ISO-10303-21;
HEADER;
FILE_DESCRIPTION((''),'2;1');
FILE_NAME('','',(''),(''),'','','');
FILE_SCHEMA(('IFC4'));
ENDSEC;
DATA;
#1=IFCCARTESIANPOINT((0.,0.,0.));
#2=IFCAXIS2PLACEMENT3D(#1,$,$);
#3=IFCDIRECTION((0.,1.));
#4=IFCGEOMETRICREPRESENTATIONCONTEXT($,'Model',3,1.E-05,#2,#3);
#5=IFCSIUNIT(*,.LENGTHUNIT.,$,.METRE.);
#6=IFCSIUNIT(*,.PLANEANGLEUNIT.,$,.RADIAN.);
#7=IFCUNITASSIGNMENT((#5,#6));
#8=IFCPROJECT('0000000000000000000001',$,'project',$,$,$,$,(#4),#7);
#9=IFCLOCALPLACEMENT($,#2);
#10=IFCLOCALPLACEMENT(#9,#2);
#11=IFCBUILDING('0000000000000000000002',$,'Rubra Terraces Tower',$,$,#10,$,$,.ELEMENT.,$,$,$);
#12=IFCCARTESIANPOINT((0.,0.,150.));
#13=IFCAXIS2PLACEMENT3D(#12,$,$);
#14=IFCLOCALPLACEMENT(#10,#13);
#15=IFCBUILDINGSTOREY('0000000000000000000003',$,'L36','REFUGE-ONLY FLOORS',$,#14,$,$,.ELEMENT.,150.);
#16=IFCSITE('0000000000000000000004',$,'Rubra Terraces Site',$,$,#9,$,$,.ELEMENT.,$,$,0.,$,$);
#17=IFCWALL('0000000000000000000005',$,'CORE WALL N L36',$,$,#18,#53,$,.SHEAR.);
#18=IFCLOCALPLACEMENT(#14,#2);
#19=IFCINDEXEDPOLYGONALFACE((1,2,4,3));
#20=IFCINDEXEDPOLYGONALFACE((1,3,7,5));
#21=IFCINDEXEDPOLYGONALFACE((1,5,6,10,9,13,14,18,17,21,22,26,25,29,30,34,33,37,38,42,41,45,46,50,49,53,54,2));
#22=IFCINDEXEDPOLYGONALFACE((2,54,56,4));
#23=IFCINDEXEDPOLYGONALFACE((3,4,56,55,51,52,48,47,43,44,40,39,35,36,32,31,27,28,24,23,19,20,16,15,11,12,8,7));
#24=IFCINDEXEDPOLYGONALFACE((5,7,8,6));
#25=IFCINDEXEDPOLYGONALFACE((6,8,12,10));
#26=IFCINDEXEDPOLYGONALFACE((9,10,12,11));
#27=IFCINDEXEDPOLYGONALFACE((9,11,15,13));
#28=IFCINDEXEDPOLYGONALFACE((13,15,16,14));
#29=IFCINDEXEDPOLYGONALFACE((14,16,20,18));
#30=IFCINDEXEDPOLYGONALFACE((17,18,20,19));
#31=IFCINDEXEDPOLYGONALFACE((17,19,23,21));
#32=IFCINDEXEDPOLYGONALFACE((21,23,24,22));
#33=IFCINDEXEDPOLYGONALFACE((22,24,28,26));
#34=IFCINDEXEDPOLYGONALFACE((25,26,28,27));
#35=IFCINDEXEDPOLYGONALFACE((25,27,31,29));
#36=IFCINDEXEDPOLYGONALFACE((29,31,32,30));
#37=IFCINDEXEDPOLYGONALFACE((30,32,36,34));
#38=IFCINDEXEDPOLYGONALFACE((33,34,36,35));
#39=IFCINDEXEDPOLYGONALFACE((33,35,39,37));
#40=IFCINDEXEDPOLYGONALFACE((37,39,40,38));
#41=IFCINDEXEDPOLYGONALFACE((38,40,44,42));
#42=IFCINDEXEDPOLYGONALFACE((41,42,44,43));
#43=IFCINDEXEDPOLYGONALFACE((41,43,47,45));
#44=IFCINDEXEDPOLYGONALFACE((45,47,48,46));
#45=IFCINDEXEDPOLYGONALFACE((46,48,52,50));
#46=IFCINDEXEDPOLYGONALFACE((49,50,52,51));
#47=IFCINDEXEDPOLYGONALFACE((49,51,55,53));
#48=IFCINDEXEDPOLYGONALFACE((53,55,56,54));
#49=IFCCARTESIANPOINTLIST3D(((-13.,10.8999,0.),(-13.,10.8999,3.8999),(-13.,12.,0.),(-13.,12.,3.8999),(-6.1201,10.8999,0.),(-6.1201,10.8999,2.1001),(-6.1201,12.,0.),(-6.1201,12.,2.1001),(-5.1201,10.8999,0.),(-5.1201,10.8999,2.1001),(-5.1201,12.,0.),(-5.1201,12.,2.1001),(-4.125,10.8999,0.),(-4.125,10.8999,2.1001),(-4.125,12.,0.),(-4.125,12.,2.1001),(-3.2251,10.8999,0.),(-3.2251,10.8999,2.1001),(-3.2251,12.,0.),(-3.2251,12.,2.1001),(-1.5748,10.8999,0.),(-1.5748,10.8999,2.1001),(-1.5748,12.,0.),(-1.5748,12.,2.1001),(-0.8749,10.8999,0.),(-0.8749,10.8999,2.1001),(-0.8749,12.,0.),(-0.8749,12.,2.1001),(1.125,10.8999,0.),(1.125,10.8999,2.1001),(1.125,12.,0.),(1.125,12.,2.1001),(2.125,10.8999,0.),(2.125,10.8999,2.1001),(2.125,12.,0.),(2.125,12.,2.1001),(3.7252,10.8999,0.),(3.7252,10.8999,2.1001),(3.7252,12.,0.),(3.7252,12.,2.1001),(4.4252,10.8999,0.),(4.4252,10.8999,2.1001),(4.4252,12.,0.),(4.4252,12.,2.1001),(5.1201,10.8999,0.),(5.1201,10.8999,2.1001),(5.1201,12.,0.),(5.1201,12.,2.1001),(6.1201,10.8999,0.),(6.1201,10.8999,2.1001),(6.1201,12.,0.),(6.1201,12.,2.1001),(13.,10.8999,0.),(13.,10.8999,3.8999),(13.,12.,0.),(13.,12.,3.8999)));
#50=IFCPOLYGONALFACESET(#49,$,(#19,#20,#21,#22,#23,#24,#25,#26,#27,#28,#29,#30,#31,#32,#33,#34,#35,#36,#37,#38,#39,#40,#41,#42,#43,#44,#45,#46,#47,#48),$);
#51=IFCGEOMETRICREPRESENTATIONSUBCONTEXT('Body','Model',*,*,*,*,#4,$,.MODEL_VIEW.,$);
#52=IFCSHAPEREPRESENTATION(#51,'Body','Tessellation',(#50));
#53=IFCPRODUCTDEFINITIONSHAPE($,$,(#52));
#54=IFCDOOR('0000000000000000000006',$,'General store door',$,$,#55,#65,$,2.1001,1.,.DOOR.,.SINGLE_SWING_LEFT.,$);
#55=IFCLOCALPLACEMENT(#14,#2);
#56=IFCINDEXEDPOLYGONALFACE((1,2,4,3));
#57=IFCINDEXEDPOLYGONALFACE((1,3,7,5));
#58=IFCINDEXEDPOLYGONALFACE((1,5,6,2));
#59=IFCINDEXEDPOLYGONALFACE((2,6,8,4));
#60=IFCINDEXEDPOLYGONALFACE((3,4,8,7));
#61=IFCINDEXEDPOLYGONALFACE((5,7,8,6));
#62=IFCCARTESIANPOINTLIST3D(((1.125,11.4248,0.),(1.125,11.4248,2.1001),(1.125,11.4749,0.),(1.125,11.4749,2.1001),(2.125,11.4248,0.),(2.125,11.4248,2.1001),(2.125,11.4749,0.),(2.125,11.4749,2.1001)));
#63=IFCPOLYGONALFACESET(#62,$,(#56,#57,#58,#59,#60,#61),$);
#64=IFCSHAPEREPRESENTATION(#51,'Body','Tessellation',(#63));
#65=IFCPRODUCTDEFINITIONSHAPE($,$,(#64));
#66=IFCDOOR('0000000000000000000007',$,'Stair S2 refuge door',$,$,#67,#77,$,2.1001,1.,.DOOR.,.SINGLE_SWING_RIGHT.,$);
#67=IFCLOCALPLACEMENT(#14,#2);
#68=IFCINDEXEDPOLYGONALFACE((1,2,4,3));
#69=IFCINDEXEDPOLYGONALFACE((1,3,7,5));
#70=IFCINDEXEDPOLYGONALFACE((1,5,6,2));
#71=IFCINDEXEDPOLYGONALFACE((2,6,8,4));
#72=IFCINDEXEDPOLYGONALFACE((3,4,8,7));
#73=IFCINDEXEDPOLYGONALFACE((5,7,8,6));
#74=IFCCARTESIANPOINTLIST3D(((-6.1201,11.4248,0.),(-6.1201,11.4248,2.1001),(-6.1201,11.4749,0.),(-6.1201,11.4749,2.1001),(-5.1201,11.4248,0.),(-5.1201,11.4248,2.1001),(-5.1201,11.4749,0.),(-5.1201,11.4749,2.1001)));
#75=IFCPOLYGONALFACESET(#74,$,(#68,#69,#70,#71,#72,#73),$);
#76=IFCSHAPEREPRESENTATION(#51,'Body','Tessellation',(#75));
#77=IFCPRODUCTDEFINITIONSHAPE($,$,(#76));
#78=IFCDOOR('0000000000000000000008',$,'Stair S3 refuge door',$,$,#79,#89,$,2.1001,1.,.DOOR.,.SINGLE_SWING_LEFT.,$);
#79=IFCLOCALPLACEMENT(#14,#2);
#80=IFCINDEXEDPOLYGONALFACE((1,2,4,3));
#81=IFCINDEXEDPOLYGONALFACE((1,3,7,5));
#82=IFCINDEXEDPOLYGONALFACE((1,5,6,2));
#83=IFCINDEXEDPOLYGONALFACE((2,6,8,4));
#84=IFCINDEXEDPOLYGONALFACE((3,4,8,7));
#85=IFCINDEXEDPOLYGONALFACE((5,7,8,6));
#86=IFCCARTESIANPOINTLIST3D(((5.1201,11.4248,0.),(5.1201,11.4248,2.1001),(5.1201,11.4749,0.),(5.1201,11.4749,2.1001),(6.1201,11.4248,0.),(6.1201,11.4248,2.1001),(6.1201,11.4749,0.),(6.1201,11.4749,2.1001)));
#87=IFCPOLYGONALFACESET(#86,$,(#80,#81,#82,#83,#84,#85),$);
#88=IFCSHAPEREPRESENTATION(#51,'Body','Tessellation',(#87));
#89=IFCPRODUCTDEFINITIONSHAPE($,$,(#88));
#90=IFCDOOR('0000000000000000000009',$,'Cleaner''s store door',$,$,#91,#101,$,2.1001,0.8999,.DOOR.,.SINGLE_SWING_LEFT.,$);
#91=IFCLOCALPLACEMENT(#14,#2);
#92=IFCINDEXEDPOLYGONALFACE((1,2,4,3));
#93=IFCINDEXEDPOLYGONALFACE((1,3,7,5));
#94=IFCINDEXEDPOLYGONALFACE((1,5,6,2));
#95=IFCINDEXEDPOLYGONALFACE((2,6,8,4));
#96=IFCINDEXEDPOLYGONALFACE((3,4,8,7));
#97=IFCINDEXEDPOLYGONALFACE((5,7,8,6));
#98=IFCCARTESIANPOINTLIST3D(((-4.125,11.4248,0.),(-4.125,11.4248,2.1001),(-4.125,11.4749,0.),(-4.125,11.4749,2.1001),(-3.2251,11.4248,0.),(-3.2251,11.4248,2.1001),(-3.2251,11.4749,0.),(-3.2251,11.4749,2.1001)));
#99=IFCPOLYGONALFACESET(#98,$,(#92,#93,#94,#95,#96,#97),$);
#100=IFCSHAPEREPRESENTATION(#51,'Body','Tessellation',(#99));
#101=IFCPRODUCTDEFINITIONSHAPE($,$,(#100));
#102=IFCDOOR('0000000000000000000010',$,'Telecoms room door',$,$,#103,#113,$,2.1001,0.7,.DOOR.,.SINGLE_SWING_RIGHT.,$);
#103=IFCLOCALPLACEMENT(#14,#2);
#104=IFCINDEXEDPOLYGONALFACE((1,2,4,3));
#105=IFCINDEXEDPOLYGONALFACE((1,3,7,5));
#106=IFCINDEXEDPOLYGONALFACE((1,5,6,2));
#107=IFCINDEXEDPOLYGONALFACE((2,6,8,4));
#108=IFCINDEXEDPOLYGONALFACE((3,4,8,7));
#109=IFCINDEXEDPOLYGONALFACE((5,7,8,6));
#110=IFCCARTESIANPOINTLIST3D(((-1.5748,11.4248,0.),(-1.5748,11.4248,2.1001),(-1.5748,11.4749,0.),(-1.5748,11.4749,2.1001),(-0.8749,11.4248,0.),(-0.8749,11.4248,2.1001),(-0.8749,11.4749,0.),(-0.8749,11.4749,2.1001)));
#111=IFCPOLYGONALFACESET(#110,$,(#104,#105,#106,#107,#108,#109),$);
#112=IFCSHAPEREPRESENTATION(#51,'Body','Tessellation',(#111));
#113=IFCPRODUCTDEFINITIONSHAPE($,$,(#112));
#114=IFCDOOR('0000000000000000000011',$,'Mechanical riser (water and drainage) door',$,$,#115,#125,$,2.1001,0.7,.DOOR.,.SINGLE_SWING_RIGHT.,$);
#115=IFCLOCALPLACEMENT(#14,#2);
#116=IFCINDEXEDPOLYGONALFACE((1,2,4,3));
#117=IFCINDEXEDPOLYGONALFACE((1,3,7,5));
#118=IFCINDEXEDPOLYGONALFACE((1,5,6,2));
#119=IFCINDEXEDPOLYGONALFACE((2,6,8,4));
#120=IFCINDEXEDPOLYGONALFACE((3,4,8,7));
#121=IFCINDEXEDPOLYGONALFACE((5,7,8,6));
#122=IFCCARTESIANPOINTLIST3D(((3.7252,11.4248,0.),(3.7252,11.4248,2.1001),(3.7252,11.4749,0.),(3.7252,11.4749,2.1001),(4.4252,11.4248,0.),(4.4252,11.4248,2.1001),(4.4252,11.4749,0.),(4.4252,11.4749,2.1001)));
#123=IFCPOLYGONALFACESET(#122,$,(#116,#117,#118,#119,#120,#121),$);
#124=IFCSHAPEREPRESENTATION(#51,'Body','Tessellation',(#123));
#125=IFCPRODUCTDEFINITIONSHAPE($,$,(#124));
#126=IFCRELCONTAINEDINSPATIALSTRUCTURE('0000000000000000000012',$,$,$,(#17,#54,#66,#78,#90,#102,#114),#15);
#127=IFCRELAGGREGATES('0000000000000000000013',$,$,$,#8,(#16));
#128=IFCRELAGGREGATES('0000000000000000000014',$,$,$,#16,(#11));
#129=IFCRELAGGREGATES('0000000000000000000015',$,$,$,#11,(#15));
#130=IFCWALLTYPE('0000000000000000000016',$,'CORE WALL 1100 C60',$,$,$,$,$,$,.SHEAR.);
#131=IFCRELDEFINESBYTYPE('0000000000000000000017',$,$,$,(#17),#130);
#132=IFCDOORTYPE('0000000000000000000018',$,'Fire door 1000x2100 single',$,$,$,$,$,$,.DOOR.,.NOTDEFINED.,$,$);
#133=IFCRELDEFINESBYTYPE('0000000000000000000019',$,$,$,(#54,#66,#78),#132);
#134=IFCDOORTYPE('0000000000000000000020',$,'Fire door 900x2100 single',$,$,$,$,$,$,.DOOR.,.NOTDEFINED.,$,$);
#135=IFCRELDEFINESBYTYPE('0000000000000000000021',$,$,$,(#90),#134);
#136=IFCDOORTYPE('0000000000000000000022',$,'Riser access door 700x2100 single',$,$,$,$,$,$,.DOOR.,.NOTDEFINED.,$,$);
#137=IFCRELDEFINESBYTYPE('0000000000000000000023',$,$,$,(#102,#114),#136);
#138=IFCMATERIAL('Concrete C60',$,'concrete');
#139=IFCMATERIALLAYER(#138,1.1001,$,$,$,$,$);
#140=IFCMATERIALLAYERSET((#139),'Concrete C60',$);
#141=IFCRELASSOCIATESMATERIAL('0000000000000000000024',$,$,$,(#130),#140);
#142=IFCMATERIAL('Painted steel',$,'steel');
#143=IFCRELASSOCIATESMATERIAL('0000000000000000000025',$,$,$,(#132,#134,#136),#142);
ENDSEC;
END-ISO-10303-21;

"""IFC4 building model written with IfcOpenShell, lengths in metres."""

from ifc_helpers import new_model, si_unit, direction, frame, frame_2d, origin, place, context, subcontext, project, spatial, rectangle, extrude, material, layer, layer_set, type_object, element, fill, save


model = new_model("IFC4")

# Units and contexts
model_context = context("Model", 3, precision=1e-05, world=origin(), true_north=direction((0.0, 1.0)))
body_context = subcontext(model_context, "Body", "Model", "MODEL_VIEW")
ifc_project = project(units=[si_unit("LENGTHUNIT", "METRE"), si_unit("PLANEANGLEUNIT", "RADIAN")], contexts=[model_context])

# Site, building, storey
site_placement = place(None, origin())
site = spatial("IfcSite", under=ifc_project, at=site_placement, Name="Rubra Terraces Site", CompositionType="ELEMENT", RefElevation=0.0)
building_placement = place(site_placement, origin())
building = spatial("IfcBuilding", under=site, at=building_placement, Name="Rubra Terraces Tower", CompositionType="ELEMENT")
storey_placement = place(building_placement, frame((0.0, 0.0, 150.0)))
storey = spatial("IfcBuildingStorey", under=building, at=storey_placement, Name="L36", Description="REFUGE-ONLY FLOORS", CompositionType="ELEMENT", Elevation=150.0)

# Wall, openings, doors
ifc_material_1 = material(Name="Concrete C60", Category="concrete")
ifc_layer_1 = layer(ifc_material_1, 1.1001)
ifc_layer_set_1 = layer_set([ifc_layer_1], Name="Concrete C60")
wall_type_1 = type_object("IfcWallType", Name="CORE WALL 1100 C60", PredefinedType="SHEAR", material=ifc_layer_set_1)
wall_1_placement = place(storey_placement, frame((-13.0, 11.45, 0.0), z_axis=(0.0, 0.0, 1.0), x_axis=(1.0, 0.0, 0.0)))
wall_1 = element("IfcWall", 1, at=wall_1_placement, inside=storey, type_object=wall_type_1, Name="CORE WALL N L36", PredefinedType="SHEAR", context=body_context, shape_type="SweptSolid", body=[
    extrude(rectangle(XDim=26.0, YDim=1.1001, at=frame_2d((13.0, 0.0))), origin(), (0.0, 0.0, 1.0), 3.8999),
])
opening_1_placement = place(wall_1_placement, frame((8.875, 0.0, 0.0)))
opening_1 = element("IfcOpeningElement", 2, at=opening_1_placement, cuts=wall_1, PredefinedType="OPENING", context=body_context, shape_type="SweptSolid", body=[
    extrude(rectangle(XDim=0.8999, YDim=2.1001, at=frame_2d((0.45, 1.05))), frame((0.0, 0.5601, 0.0), z_axis=(0.0, -1.0, 0.0), x_axis=(1.0, 0.0, 0.0)), (0.0, 0.0, 1.0), 1.1201),
])
opening_2_placement = place(wall_1_placement, frame((11.425, 0.0, 0.0)))
opening_2 = element("IfcOpeningElement", 3, at=opening_2_placement, cuts=wall_1, PredefinedType="OPENING", context=body_context, shape_type="SweptSolid", body=[
    extrude(rectangle(XDim=0.7, YDim=2.1001, at=frame_2d((0.3501, 1.05))), frame((0.0, 0.5601, 0.0), z_axis=(0.0, -1.0, 0.0), x_axis=(1.0, 0.0, 0.0)), (0.0, 0.0, 1.0), 1.1201),
])
opening_3_placement = place(wall_1_placement, frame((14.125, 0.0, 0.0)))
opening_3 = element("IfcOpeningElement", 4, at=opening_3_placement, cuts=wall_1, PredefinedType="OPENING", context=body_context, shape_type="SweptSolid", body=[
    extrude(rectangle(XDim=1.0, YDim=2.1001, at=frame_2d((0.5, 1.05))), frame((0.0, 0.5601, 0.0), z_axis=(0.0, -1.0, 0.0), x_axis=(1.0, 0.0, 0.0)), (0.0, 0.0, 1.0), 1.1201),
])
opening_4_placement = place(wall_1_placement, frame((16.7251, 0.0, 0.0)))
opening_4 = element("IfcOpeningElement", 5, at=opening_4_placement, cuts=wall_1, PredefinedType="OPENING", context=body_context, shape_type="SweptSolid", body=[
    extrude(rectangle(XDim=0.7, YDim=2.1001, at=frame_2d((0.3501, 1.05))), frame((0.0, 0.5601, 0.0), z_axis=(0.0, -1.0, 0.0), x_axis=(1.0, 0.0, 0.0)), (0.0, 0.0, 1.0), 1.1201),
])
opening_5_placement = place(wall_1_placement, frame((6.8799, 0.0, 0.0)))
opening_5 = element("IfcOpeningElement", 6, at=opening_5_placement, cuts=wall_1, PredefinedType="OPENING", context=body_context, shape_type="SweptSolid", body=[
    extrude(rectangle(XDim=1.0, YDim=2.1001, at=frame_2d((0.5, 1.05))), frame((0.0, 0.5601, 0.0), z_axis=(0.0, -1.0, 0.0), x_axis=(1.0, 0.0, 0.0)), (0.0, 0.0, 1.0), 1.1201),
])
opening_6_placement = place(wall_1_placement, frame((18.1201, 0.0, 0.0)))
opening_6 = element("IfcOpeningElement", 7, at=opening_6_placement, cuts=wall_1, PredefinedType="OPENING", context=body_context, shape_type="SweptSolid", body=[
    extrude(rectangle(XDim=1.0, YDim=2.1001, at=frame_2d((0.5, 1.05))), frame((0.0, 0.5601, 0.0), z_axis=(0.0, -1.0, 0.0), x_axis=(1.0, 0.0, 0.0)), (0.0, 0.0, 1.0), 1.1201),
])
ifc_material_2 = material(Name="Painted steel", Category="steel")
door_type_1 = type_object("IfcDoorType", Name="Fire door 1000x2100 single", OperationType="NOTDEFINED", PredefinedType="DOOR", material=ifc_material_2)
door_1_placement = place(opening_3_placement, origin())
door_1 = element("IfcDoor", 8, at=door_1_placement, inside=storey, type_object=door_type_1, Name="General store door", OperationType="SINGLE_SWING_LEFT", OverallHeight=2.1001, OverallWidth=1.0, PredefinedType="DOOR", context=body_context, shape_type="SweptSolid", body=[
    extrude(rectangle(XDim=1.0, YDim=2.1001, at=frame_2d((0.5, 1.05))), frame((0.0, 0.0249, 0.0), z_axis=(0.0, -1.0, 0.0), x_axis=(1.0, 0.0, 0.0)), (0.0, 0.0, 1.0), 0.05),
])
fill(opening_3, door_1)
door_2_placement = place(opening_5_placement, origin())
door_2 = element("IfcDoor", 9, at=door_2_placement, inside=storey, type_object=door_type_1, Name="Stair S2 refuge door", OperationType="SINGLE_SWING_RIGHT", OverallHeight=2.1001, OverallWidth=1.0, PredefinedType="DOOR", context=body_context, shape_type="SweptSolid", body=[
    extrude(rectangle(XDim=1.0, YDim=2.1001, at=frame_2d((0.5, 1.05))), frame((0.0, 0.0249, 0.0), z_axis=(0.0, -1.0, 0.0), x_axis=(1.0, 0.0, 0.0)), (0.0, 0.0, 1.0), 0.05),
])
fill(opening_5, door_2)
door_3_placement = place(opening_6_placement, origin())
door_3 = element("IfcDoor", 10, at=door_3_placement, inside=storey, type_object=door_type_1, Name="Stair S3 refuge door", OperationType="SINGLE_SWING_LEFT", OverallHeight=2.1001, OverallWidth=1.0, PredefinedType="DOOR", context=body_context, shape_type="SweptSolid", body=[
    extrude(rectangle(XDim=1.0, YDim=2.1001, at=frame_2d((0.5, 1.05))), frame((0.0, 0.0249, 0.0), z_axis=(0.0, -1.0, 0.0), x_axis=(1.0, 0.0, 0.0)), (0.0, 0.0, 1.0), 0.05),
])
fill(opening_6, door_3)
door_type_2 = type_object("IfcDoorType", Name="Fire door 900x2100 single", OperationType="NOTDEFINED", PredefinedType="DOOR", material=ifc_material_2)
door_4_placement = place(opening_1_placement, origin())
door_4 = element("IfcDoor", 11, at=door_4_placement, inside=storey, type_object=door_type_2, Name="Cleaner's store door", OperationType="SINGLE_SWING_LEFT", OverallHeight=2.1001, OverallWidth=0.8999, PredefinedType="DOOR", context=body_context, shape_type="SweptSolid", body=[
    extrude(rectangle(XDim=0.8999, YDim=2.1001, at=frame_2d((0.45, 1.05))), frame((0.0, 0.0249, 0.0), z_axis=(0.0, -1.0, 0.0), x_axis=(1.0, 0.0, 0.0)), (0.0, 0.0, 1.0), 0.05),
])
fill(opening_1, door_4)
door_type_3 = type_object("IfcDoorType", Name="Riser access door 700x2100 single", OperationType="NOTDEFINED", PredefinedType="DOOR", material=ifc_material_2)
door_5_placement = place(opening_2_placement, origin())
door_5 = element("IfcDoor", 12, at=door_5_placement, inside=storey, type_object=door_type_3, Name="Telecoms room door", OperationType="SINGLE_SWING_RIGHT", OverallHeight=2.1001, OverallWidth=0.7, PredefinedType="DOOR", context=body_context, shape_type="SweptSolid", body=[
    extrude(rectangle(XDim=0.7, YDim=2.1001, at=frame_2d((0.3501, 1.05))), frame((0.0, 0.0249, 0.0), z_axis=(0.0, -1.0, 0.0), x_axis=(1.0, 0.0, 0.0)), (0.0, 0.0, 1.0), 0.05),
])
fill(opening_2, door_5)
door_6_placement = place(opening_4_placement, origin())
door_6 = element("IfcDoor", 13, at=door_6_placement, inside=storey, type_object=door_type_3, Name="Mechanical riser (water and drainage) door", OperationType="SINGLE_SWING_RIGHT", OverallHeight=2.1001, OverallWidth=0.7, PredefinedType="DOOR", context=body_context, shape_type="SweptSolid", body=[
    extrude(rectangle(XDim=0.7, YDim=2.1001, at=frame_2d((0.3501, 1.05))), frame((0.0, 0.0249, 0.0), z_axis=(0.0, -1.0, 0.0), x_axis=(1.0, 0.0, 0.0)), (0.0, 0.0, 1.0), 0.05),
])
fill(opening_4, door_6)

save(model, "model.ifc")
